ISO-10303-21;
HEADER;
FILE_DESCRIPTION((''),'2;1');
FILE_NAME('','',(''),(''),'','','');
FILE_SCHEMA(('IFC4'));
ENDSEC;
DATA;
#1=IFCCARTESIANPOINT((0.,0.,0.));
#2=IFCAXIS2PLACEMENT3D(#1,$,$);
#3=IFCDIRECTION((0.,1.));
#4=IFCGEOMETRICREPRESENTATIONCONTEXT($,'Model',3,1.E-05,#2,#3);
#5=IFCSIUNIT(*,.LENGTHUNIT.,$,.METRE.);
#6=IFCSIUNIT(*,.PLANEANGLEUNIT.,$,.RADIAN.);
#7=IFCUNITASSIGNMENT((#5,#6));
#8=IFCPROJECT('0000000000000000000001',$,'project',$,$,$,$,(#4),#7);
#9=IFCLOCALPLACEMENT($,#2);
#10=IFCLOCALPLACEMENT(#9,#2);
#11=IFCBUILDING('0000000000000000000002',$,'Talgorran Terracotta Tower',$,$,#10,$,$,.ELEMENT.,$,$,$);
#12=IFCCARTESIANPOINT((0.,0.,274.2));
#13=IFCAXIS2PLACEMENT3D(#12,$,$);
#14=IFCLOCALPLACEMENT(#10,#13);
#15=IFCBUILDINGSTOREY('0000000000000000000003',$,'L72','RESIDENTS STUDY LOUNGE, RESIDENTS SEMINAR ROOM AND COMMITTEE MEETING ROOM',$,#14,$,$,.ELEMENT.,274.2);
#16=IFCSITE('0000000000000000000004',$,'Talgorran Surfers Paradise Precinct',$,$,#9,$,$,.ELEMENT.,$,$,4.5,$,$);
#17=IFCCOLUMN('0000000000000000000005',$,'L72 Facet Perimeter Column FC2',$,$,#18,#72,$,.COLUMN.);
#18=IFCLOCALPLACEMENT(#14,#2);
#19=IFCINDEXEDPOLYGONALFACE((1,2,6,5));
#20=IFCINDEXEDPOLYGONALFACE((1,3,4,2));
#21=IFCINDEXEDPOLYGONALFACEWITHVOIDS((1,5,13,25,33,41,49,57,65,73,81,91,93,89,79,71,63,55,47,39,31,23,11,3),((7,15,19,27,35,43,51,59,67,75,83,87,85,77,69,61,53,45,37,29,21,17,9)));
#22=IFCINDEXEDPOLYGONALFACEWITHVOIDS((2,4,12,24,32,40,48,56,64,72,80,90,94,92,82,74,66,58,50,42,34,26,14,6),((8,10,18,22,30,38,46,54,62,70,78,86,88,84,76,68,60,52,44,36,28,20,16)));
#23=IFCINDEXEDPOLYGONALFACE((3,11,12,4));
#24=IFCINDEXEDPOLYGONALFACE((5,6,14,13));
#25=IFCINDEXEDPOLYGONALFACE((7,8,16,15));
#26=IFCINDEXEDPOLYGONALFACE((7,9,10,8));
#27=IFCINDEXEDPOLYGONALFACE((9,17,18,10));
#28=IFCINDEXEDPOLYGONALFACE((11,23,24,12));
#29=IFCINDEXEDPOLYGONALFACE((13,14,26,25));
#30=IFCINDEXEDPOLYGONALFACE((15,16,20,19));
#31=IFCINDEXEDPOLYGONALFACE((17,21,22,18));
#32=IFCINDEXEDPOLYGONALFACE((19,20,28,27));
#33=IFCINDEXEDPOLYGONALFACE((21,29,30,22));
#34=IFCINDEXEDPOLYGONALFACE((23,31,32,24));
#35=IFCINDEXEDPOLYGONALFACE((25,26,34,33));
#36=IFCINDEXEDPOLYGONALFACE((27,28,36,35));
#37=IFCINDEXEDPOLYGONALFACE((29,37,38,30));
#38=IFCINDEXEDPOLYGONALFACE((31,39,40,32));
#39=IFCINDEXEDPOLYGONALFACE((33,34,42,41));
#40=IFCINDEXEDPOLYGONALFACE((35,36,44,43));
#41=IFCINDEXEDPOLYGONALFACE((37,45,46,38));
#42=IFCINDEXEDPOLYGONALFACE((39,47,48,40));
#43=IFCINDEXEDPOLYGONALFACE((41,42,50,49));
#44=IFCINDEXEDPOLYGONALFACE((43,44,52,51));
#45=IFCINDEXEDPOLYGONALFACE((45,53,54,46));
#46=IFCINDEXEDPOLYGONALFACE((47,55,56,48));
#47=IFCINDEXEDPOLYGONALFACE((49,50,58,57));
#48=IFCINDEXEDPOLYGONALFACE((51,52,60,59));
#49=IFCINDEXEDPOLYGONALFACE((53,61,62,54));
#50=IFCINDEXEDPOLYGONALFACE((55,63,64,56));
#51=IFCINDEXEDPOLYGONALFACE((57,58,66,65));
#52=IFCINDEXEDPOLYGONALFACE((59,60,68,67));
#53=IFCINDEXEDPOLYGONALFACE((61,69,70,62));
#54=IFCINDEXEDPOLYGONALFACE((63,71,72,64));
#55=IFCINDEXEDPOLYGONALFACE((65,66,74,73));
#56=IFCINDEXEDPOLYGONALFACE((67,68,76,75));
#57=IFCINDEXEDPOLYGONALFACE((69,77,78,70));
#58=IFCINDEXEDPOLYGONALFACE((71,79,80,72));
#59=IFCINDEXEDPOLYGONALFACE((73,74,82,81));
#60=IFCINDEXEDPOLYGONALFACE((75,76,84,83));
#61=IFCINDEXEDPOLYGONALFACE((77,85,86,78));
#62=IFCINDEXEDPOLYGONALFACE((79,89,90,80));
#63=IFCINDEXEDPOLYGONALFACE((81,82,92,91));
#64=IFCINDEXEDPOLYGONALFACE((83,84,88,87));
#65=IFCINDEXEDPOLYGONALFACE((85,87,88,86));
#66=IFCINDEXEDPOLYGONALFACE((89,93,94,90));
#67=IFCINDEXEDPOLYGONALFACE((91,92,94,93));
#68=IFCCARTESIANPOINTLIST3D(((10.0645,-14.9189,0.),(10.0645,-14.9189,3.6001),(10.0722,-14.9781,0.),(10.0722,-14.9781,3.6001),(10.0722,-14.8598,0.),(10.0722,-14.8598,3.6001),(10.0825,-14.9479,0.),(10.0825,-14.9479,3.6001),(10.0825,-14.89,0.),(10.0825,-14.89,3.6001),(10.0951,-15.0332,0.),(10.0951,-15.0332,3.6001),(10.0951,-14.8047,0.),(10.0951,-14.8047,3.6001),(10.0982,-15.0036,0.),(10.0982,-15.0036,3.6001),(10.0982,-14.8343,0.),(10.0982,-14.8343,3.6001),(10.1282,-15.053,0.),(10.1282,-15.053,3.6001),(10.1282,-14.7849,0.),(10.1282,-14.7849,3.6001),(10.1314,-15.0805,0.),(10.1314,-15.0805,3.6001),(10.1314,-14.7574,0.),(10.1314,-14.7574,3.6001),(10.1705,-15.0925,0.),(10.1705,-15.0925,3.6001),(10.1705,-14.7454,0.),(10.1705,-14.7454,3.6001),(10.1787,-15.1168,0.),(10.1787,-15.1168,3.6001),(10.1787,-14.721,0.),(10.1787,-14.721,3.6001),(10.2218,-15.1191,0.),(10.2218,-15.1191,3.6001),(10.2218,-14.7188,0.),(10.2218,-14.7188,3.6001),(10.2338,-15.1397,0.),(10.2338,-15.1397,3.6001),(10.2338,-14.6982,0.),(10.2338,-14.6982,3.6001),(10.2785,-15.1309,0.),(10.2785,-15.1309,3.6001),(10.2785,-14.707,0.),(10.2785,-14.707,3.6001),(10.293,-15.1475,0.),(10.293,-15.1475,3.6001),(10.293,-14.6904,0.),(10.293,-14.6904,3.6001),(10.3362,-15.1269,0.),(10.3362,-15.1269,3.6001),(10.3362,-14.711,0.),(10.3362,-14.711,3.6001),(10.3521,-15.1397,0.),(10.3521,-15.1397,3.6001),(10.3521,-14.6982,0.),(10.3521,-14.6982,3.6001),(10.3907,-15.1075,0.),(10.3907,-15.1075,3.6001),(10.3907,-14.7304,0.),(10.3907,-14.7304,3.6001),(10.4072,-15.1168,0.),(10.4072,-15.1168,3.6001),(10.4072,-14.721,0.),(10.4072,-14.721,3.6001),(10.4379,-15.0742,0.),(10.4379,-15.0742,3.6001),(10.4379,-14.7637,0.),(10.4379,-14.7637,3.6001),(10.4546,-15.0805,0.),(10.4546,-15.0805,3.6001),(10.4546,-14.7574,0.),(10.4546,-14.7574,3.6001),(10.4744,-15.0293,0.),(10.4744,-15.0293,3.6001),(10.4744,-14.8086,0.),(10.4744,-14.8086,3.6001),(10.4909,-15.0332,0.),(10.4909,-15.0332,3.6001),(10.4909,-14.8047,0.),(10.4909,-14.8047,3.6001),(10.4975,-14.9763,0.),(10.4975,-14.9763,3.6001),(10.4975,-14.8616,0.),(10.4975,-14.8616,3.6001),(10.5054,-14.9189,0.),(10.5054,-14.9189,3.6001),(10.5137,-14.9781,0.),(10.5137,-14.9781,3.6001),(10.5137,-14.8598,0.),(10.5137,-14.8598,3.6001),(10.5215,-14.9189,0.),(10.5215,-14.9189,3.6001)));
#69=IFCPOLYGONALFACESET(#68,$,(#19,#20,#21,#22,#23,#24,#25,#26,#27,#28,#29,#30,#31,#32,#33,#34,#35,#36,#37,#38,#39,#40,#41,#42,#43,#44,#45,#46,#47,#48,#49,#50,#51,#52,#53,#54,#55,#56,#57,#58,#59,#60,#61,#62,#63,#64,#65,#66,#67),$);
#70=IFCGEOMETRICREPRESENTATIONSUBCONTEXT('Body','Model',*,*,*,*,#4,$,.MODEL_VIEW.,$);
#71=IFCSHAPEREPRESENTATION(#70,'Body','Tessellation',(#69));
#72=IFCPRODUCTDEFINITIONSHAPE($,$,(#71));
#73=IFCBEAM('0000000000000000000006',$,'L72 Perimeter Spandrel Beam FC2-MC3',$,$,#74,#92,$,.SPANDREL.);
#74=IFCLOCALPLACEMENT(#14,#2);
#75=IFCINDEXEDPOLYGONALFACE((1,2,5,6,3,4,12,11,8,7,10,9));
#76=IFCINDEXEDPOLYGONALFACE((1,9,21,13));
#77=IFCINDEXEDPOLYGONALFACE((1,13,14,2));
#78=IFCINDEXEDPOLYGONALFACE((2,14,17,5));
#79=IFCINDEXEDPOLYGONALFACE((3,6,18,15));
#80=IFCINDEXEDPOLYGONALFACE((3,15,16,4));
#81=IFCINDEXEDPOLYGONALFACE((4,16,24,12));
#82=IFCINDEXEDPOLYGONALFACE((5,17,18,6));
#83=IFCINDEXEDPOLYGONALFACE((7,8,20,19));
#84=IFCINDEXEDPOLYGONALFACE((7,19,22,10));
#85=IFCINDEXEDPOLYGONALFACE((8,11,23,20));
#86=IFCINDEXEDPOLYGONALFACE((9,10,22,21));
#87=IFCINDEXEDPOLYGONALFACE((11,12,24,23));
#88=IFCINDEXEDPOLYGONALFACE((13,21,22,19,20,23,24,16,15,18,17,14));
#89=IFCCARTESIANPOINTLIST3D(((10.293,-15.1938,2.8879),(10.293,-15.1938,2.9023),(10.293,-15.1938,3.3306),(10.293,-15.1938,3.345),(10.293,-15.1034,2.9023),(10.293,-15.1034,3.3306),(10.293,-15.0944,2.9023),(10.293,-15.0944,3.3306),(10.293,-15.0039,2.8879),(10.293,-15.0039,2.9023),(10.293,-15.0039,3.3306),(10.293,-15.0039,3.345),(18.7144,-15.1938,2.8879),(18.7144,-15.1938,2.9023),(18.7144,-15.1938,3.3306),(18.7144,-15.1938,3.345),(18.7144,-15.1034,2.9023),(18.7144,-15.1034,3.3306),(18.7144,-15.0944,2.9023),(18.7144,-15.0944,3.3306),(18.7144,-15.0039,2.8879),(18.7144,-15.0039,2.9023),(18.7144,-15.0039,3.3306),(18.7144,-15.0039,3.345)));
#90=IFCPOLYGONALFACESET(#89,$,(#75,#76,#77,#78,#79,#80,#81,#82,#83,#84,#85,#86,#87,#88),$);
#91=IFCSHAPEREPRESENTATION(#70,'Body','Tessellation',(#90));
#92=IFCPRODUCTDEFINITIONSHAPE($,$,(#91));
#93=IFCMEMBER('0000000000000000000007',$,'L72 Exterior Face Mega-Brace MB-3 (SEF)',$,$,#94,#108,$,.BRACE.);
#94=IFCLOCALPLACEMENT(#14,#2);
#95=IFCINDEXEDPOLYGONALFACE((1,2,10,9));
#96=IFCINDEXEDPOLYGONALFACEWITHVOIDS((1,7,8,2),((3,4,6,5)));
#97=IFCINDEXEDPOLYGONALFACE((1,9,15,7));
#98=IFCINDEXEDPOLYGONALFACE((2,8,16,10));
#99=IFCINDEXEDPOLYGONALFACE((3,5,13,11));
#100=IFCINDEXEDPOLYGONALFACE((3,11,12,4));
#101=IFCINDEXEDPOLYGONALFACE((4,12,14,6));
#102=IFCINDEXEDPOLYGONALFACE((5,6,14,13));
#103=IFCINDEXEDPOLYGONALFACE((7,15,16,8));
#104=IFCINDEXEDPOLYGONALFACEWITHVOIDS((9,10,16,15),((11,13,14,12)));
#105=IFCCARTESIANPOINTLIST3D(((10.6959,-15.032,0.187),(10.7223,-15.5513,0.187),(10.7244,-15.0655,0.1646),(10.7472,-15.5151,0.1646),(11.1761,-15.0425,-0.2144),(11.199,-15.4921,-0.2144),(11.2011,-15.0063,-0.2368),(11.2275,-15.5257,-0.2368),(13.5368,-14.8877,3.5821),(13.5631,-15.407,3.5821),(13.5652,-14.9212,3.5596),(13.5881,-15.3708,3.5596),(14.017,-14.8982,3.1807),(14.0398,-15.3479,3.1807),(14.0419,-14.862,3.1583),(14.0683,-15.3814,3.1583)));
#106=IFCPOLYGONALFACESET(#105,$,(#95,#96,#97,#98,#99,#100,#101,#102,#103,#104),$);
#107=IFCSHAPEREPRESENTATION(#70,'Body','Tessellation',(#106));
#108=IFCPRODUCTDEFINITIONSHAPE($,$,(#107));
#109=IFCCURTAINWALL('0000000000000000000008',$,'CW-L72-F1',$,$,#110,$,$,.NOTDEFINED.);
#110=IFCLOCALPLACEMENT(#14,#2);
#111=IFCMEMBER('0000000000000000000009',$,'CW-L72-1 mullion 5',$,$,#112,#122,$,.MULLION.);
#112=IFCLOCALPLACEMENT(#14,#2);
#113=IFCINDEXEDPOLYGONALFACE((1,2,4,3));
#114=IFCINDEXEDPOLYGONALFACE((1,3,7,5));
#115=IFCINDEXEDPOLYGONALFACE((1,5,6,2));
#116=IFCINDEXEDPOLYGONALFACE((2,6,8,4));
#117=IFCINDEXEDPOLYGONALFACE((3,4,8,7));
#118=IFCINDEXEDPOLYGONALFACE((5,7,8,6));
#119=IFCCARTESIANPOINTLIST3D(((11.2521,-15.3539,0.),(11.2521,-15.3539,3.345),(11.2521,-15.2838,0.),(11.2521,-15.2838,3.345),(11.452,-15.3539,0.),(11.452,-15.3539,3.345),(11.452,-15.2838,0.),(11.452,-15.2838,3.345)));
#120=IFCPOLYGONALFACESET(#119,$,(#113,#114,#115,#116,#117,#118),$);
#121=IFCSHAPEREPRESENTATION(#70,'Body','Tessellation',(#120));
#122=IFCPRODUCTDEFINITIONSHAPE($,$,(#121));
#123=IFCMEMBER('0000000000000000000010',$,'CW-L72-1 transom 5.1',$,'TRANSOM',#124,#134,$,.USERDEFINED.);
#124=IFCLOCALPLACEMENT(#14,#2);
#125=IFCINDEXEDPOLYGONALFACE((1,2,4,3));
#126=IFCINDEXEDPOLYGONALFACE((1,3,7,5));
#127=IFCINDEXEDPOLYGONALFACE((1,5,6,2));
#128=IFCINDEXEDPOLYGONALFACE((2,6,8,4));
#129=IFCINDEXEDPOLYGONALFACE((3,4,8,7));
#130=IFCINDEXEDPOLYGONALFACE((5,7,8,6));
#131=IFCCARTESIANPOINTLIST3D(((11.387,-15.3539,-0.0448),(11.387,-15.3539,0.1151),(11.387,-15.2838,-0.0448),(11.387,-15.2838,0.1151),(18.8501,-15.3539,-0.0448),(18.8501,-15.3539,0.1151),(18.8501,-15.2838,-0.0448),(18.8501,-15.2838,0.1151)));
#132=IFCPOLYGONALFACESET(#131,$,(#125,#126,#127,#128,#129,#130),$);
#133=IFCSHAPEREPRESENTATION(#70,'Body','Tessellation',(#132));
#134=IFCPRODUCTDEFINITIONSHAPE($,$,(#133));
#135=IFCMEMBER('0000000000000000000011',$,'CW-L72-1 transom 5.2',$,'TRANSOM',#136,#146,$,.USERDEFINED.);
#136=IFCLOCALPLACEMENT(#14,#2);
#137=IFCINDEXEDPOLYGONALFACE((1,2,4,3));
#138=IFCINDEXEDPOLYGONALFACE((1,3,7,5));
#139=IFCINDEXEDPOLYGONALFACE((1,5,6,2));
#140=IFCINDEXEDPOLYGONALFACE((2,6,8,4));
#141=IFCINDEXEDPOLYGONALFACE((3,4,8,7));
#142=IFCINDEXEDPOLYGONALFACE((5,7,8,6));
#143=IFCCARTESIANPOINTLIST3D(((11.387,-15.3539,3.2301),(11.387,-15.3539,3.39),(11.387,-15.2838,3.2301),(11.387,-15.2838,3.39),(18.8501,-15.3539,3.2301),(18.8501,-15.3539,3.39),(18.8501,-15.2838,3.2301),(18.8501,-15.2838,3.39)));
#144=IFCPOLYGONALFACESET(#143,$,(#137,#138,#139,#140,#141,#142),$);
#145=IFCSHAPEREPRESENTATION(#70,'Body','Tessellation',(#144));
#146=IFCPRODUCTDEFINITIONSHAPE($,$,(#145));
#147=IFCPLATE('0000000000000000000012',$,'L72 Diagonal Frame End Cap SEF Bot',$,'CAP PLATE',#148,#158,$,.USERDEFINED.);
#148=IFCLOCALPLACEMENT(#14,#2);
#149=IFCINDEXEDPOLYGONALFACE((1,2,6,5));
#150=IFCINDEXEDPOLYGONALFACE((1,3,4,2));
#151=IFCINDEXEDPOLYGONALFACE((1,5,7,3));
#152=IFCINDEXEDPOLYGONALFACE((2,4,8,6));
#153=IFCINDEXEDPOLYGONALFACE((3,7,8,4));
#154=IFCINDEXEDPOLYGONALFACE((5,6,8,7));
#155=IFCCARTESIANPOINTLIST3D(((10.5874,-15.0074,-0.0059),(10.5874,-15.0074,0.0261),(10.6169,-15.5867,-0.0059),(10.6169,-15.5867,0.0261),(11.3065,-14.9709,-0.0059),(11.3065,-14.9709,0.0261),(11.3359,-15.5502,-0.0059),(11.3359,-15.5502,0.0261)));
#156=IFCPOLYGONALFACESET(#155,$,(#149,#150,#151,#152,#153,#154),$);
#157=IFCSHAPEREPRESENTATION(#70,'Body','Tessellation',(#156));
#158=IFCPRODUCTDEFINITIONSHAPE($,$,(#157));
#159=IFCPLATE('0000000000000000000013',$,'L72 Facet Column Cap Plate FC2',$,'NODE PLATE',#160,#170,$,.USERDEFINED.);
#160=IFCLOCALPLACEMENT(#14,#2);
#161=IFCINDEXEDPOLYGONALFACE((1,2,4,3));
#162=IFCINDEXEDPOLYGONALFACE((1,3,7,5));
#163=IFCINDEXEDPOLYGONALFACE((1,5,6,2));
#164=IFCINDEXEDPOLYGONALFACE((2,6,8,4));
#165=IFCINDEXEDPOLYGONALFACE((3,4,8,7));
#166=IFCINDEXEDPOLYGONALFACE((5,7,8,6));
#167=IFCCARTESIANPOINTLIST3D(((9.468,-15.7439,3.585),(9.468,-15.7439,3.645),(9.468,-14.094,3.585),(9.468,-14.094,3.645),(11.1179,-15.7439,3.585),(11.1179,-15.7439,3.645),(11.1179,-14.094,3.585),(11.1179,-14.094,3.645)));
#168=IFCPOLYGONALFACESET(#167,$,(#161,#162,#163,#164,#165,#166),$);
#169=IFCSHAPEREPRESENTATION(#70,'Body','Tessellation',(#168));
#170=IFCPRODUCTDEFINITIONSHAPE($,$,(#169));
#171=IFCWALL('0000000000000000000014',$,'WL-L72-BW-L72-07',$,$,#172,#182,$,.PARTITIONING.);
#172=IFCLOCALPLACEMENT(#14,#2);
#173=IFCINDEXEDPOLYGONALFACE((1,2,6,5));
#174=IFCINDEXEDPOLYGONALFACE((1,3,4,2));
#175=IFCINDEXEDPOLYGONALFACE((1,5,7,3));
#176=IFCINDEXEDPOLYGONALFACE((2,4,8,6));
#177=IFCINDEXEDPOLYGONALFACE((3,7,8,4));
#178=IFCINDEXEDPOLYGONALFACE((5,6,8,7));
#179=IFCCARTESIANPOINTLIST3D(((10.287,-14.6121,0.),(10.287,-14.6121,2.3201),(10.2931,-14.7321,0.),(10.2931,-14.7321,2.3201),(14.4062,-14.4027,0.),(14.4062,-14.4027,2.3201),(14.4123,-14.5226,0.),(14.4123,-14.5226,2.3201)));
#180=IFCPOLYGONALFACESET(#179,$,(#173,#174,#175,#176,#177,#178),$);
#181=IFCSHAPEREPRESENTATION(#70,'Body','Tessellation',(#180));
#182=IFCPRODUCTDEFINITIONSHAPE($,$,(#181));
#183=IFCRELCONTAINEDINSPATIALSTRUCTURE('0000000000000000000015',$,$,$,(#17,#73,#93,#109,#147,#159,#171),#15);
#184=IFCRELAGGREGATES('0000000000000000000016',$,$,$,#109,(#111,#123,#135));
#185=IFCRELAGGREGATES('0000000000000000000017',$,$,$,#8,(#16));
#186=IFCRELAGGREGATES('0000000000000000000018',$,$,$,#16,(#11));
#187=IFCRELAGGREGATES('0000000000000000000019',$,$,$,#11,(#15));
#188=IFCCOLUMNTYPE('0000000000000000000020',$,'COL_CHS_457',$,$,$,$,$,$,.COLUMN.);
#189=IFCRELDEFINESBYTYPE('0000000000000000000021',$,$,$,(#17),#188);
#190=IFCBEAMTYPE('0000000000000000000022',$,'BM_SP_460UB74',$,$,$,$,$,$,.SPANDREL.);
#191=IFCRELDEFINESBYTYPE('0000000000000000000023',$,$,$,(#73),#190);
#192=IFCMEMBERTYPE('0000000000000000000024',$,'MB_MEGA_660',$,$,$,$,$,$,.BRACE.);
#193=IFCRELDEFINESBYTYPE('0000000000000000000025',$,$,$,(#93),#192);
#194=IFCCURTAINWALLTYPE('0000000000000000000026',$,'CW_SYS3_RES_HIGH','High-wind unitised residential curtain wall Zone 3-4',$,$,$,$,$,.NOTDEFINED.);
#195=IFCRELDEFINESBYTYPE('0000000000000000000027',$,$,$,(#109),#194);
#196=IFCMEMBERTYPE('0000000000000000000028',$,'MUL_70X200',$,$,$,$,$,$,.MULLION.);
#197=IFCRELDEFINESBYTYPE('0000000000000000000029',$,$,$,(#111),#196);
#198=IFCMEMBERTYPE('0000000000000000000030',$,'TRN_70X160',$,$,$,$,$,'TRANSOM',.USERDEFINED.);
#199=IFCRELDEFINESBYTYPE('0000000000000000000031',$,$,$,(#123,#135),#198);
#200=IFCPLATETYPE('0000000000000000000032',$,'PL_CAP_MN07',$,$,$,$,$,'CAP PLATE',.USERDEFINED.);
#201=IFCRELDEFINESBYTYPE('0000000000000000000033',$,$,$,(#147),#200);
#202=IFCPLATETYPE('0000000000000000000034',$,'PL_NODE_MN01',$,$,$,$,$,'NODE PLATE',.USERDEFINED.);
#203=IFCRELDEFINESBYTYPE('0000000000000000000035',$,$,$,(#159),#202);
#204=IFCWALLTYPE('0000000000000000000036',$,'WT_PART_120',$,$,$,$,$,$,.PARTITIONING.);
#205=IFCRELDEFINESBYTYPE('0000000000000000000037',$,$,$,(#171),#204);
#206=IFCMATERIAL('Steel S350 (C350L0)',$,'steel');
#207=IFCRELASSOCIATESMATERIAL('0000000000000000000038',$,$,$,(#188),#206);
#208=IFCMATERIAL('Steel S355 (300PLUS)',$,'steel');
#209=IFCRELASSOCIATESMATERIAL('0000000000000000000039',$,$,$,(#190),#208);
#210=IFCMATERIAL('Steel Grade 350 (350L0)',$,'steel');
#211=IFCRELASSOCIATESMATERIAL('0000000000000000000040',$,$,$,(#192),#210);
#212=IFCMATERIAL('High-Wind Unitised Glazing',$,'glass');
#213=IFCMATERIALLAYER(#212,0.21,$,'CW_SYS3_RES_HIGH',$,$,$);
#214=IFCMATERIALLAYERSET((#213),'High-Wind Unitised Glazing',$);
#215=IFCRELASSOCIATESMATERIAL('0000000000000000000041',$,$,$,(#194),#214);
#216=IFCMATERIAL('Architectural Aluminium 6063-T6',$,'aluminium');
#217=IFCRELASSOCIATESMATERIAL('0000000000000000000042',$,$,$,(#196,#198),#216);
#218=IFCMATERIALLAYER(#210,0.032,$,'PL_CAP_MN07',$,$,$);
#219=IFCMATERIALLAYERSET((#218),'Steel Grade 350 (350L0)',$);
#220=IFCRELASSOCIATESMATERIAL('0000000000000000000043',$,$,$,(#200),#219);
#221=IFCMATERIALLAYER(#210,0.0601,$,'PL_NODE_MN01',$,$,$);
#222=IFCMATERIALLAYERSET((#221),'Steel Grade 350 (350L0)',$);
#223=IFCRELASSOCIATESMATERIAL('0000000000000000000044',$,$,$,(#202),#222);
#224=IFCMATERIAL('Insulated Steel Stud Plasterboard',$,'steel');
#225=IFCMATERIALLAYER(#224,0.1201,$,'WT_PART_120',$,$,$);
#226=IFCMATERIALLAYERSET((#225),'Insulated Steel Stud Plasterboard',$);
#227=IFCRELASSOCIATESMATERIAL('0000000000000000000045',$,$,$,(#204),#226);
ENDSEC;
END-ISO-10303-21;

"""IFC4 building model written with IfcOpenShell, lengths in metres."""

from ifc_helpers import new_model, si_unit, direction, frame, frame_2d, origin, origin_2d, place, context, subcontext, project, spatial, rectangle, hollow_rectangle, hollow_circle, i_section, extrude, material, layer, layer_set, material_profile, profile_set, type_object, element, aggregate, save


model = new_model("IFC4")

# Units and contexts
model_context = context("Model", 3, precision=1e-05, world=origin(), true_north=direction((0.0, 1.0)))
body_context = subcontext(model_context, "Body", "Model", "MODEL_VIEW")
ifc_project = project(units=[si_unit("LENGTHUNIT", "METRE"), si_unit("PLANEANGLEUNIT", "RADIAN")], contexts=[model_context])

# Site, building, storey
site_placement = place(None, origin())
site = spatial("IfcSite", under=ifc_project, at=site_placement, Name="Talgorran Surfers Paradise Precinct", CompositionType="ELEMENT", RefElevation=4.5)
building_placement = place(site_placement, origin())
building = spatial("IfcBuilding", under=site, at=building_placement, Name="Talgorran Terracotta Tower", CompositionType="ELEMENT")
storey_placement = place(building_placement, frame((0.0, 0.0, 274.2)))
storey = spatial("IfcBuildingStorey", under=building, at=storey_placement, Name="L72", Description="RESIDENTS STUDY LOUNGE, RESIDENTS SEMINAR ROOM AND COMMITTEE MEETING ROOM", CompositionType="ELEMENT", Elevation=274.2)

# Column
ifc_material_1 = material(Name="Steel S350 (C350L0)", Category="steel")
ifc_material_profile_1 = material_profile(ifc_material_1, hollow_circle(Radius=0.2285, WallThickness=0.0161, at=origin_2d()), Name="CHS457X16")
ifc_profile_set_1 = profile_set([ifc_material_profile_1], Name="Steel S350 (C350L0)")
column_type = type_object("IfcColumnType", Name="COL_CHS_457", PredefinedType="COLUMN", material=ifc_profile_set_1)
column_placement = place(storey_placement, frame((10.293, -14.9189, 0.0), z_axis=(0.0, 0.0, 1.0), x_axis=(1.0, 0.0, 0.0)))
element("IfcColumn", 1, at=column_placement, inside=storey, type_object=column_type, Name="L72 Facet Perimeter Column FC2", PredefinedType="COLUMN", context=body_context, shape_type="SweptSolid", body=[
    extrude(hollow_circle(Radius=0.2285, WallThickness=0.0161, at=origin_2d()), origin(), (0.0, 0.0, 1.0), 3.6001),
])

# Beam
ifc_material_2 = material(Name="Steel S355 (300PLUS)", Category="steel")
ifc_material_profile_2 = material_profile(ifc_material_2, i_section(OverallWidth=0.1899, OverallDepth=0.457, WebThickness=0.009, FlangeThickness=0.0144, at=origin_2d()), Name="460UB74.6")
ifc_profile_set_2 = profile_set([ifc_material_profile_2], Name="Steel S355 (300PLUS)")
beam_type = type_object("IfcBeamType", Name="BM_SP_460UB74", PredefinedType="SPANDREL", material=ifc_profile_set_2)
beam_placement = place(storey_placement, frame((10.293, -15.0989, 3.1165), z_axis=(1.0, 0.0, 0.0), x_axis=(0.0, 1.0, 0.0)))
element("IfcBeam", 2, at=beam_placement, inside=storey, type_object=beam_type, Name="L72 Perimeter Spandrel Beam FC2-MC3", PredefinedType="SPANDREL", context=body_context, shape_type="SweptSolid", body=[
    extrude(i_section(OverallWidth=0.1899, OverallDepth=0.457, WebThickness=0.009, FlangeThickness=0.0144, at=origin_2d()), origin(), (0.0, 0.0, 1.0), 8.4214),
])

# Member
ifc_material_3 = material(Name="Steel Grade 350 (350L0)", Category="steel")
ifc_material_profile_3 = material_profile(ifc_material_3, hollow_rectangle(XDim=0.52, YDim=0.6599, WallThickness=0.0349, at=origin_2d()), Name="WBOX660X520X35")
ifc_profile_set_3 = profile_set([ifc_material_profile_3], Name="Steel Grade 350 (350L0)")
member_type_1 = type_object("IfcMemberType", Name="MB_MEGA_660", PredefinedType="BRACE", material=ifc_profile_set_3)
member_1_placement = place(storey_placement, frame((10.9617, -15.2788, -0.0249), z_axis=(0.641394, 0.032577, 0.76652), x_axis=(-0.050725, 0.998713, 0.0)))
element("IfcMember", 3, at=member_1_placement, inside=storey, type_object=member_type_1, Name="L72 Exterior Face Mega-Brace MB-3 (SEF)", PredefinedType="BRACE", context=body_context, shape_type="SweptSolid", body=[
    extrude(hollow_rectangle(XDim=0.52, YDim=0.6599, WallThickness=0.0349, at=origin_2d()), origin(), (0.0, 0.0, 1.0), 4.4292),
])

# Curtain wall, members
ifc_material_4 = material(Name="High-Wind Unitised Glazing", Category="glass")
ifc_layer_1 = layer(ifc_material_4, 0.21, Name="CW_SYS3_RES_HIGH")
ifc_layer_set_1 = layer_set([ifc_layer_1], Name="High-Wind Unitised Glazing")
curtain_wall_type = type_object("IfcCurtainWallType", Name="CW_SYS3_RES_HIGH", Description="High-wind unitised residential curtain wall Zone 3-4", PredefinedType="NOTDEFINED", material=ifc_layer_set_1)
curtain_wall_placement = place(storey_placement, origin())
curtain_wall = element("IfcCurtainWall", 4, at=curtain_wall_placement, inside=storey, type_object=curtain_wall_type, Name="CW-L72-F1", PredefinedType="NOTDEFINED")
ifc_material_5 = material(Name="Architectural Aluminium 6063-T6", Category="aluminium")
ifc_material_profile_4 = material_profile(ifc_material_5, rectangle(XDim=0.0701, YDim=0.2, at=origin_2d()), Name="CWM70X200")
ifc_profile_set_4 = profile_set([ifc_material_profile_4], Name="Architectural Aluminium 6063-T6")
member_type_2 = type_object("IfcMemberType", Name="MUL_70X200", PredefinedType="MULLION", material=ifc_profile_set_4)
member_2_placement = place(storey_placement, frame((11.3521, -15.3188, 0.0), z_axis=(0.0, 0.0, 1.0), x_axis=(0.0, 1.0, 0.0)))
member_2 = element("IfcMember", 5, at=member_2_placement, type_object=member_type_2, Name="CW-L72-1 mullion 5", PredefinedType="MULLION", context=body_context, shape_type="SweptSolid", body=[
    extrude(rectangle(XDim=0.0701, YDim=0.2, at=origin_2d()), origin(), (0.0, 0.0, 1.0), 3.345),
])
ifc_material_profile_5 = material_profile(ifc_material_5, rectangle(XDim=0.0701, YDim=0.1599, at=origin_2d()), Name="CWT70X160")
ifc_profile_set_5 = profile_set([ifc_material_profile_5], Name="Architectural Aluminium 6063-T6")
member_type_3 = type_object("IfcMemberType", Name="TRN_70X160", ElementType="TRANSOM", PredefinedType="USERDEFINED", material=ifc_profile_set_5)
member_3_placement = place(storey_placement, frame((11.387, -15.3188, 0.0352), z_axis=(1.0, 0.0, 0.0), x_axis=(0.0, 1.0, 0.0)))
member_3 = element("IfcMember", 6, at=member_3_placement, type_object=member_type_3, Name="CW-L72-1 transom 5.1", ObjectType="TRANSOM", PredefinedType="USERDEFINED", context=body_context, shape_type="SweptSolid", body=[
    extrude(rectangle(XDim=0.0701, YDim=0.1599, at=origin_2d()), origin(), (0.0, 0.0, 1.0), 7.4631),
])
member_4_placement = place(storey_placement, frame((11.387, -15.3188, 3.3101), z_axis=(1.0, 0.0, 0.0), x_axis=(0.0, 1.0, 0.0)))
member_4 = element("IfcMember", 7, at=member_4_placement, type_object=member_type_3, Name="CW-L72-1 transom 5.2", ObjectType="TRANSOM", PredefinedType="USERDEFINED", context=body_context, shape_type="SweptSolid", body=[
    extrude(rectangle(XDim=0.0701, YDim=0.1599, at=origin_2d()), origin(), (0.0, 0.0, 1.0), 7.4631),
])
aggregate(curtain_wall, [member_2, member_3, member_4])

# Plates
ifc_layer_2 = layer(ifc_material_3, 0.032, Name="PL_CAP_MN07")
ifc_layer_set_2 = layer_set([ifc_layer_2], Name="Steel Grade 350 (350L0)")
plate_type_1 = type_object("IfcPlateType", Name="PL_CAP_MN07", ElementType="CAP PLATE", PredefinedType="USERDEFINED", material=ifc_layer_set_2)
plate_1_placement = place(storey_placement, frame((10.9617, -15.2788, -0.0059), z_axis=(0.0, 0.0, 1.0), x_axis=(0.998711, 0.050767, 0.0)))
element("IfcPlate", 8, at=plate_1_placement, inside=storey, type_object=plate_type_1, Name="L72 Diagonal Frame End Cap SEF Bot", ObjectType="CAP PLATE", PredefinedType="USERDEFINED", context=body_context, shape_type="SweptSolid", body=[
    extrude(rectangle(XDim=0.72, YDim=0.5801, at=origin_2d()), origin(), (0.0, 0.0, 1.0), 0.032),
])
ifc_layer_3 = layer(ifc_material_3, 0.0601, Name="PL_NODE_MN01")
ifc_layer_set_3 = layer_set([ifc_layer_3], Name="Steel Grade 350 (350L0)")
plate_type_2 = type_object("IfcPlateType", Name="PL_NODE_MN01", ElementType="NODE PLATE", PredefinedType="USERDEFINED", material=ifc_layer_set_3)
plate_2_placement = place(storey_placement, frame((10.293, -14.9189, 3.585), z_axis=(0.0, 0.0, 1.0), x_axis=(1.0, 0.0, 0.0)))
element("IfcPlate", 9, at=plate_2_placement, inside=storey, type_object=plate_type_2, Name="L72 Facet Column Cap Plate FC2", ObjectType="NODE PLATE", PredefinedType="USERDEFINED", context=body_context, shape_type="SweptSolid", body=[
    extrude(rectangle(XDim=1.6499, YDim=1.6499, at=origin_2d()), origin(), (0.0, 0.0, 1.0), 0.0601),
])

# Wall
ifc_material_6 = material(Name="Insulated Steel Stud Plasterboard", Category="steel")
ifc_layer_4 = layer(ifc_material_6, 0.1201, Name="WT_PART_120")
ifc_layer_set_4 = layer_set([ifc_layer_4], Name="Insulated Steel Stud Plasterboard")
wall_type = type_object("IfcWallType", Name="WT_PART_120", PredefinedType="PARTITIONING", material=ifc_layer_set_4)
wall_1_placement = place(storey_placement, frame((10.29, -14.6721, 0.0), z_axis=(0.0, 0.0, 1.0), x_axis=(0.998709, 0.050788, 0.0)))
element("IfcWall", 10, at=wall_1_placement, inside=storey, type_object=wall_type, Name="WL-L72-BW-L72-07", PredefinedType="PARTITIONING", context=body_context, shape_type="SweptSolid", body=[
    extrude(rectangle(XDim=4.1245, YDim=0.1201, at=frame_2d((2.0623, 0.0))), origin(), (0.0, 0.0, 1.0), 2.3201),
])

save(model, "model.ifc")
